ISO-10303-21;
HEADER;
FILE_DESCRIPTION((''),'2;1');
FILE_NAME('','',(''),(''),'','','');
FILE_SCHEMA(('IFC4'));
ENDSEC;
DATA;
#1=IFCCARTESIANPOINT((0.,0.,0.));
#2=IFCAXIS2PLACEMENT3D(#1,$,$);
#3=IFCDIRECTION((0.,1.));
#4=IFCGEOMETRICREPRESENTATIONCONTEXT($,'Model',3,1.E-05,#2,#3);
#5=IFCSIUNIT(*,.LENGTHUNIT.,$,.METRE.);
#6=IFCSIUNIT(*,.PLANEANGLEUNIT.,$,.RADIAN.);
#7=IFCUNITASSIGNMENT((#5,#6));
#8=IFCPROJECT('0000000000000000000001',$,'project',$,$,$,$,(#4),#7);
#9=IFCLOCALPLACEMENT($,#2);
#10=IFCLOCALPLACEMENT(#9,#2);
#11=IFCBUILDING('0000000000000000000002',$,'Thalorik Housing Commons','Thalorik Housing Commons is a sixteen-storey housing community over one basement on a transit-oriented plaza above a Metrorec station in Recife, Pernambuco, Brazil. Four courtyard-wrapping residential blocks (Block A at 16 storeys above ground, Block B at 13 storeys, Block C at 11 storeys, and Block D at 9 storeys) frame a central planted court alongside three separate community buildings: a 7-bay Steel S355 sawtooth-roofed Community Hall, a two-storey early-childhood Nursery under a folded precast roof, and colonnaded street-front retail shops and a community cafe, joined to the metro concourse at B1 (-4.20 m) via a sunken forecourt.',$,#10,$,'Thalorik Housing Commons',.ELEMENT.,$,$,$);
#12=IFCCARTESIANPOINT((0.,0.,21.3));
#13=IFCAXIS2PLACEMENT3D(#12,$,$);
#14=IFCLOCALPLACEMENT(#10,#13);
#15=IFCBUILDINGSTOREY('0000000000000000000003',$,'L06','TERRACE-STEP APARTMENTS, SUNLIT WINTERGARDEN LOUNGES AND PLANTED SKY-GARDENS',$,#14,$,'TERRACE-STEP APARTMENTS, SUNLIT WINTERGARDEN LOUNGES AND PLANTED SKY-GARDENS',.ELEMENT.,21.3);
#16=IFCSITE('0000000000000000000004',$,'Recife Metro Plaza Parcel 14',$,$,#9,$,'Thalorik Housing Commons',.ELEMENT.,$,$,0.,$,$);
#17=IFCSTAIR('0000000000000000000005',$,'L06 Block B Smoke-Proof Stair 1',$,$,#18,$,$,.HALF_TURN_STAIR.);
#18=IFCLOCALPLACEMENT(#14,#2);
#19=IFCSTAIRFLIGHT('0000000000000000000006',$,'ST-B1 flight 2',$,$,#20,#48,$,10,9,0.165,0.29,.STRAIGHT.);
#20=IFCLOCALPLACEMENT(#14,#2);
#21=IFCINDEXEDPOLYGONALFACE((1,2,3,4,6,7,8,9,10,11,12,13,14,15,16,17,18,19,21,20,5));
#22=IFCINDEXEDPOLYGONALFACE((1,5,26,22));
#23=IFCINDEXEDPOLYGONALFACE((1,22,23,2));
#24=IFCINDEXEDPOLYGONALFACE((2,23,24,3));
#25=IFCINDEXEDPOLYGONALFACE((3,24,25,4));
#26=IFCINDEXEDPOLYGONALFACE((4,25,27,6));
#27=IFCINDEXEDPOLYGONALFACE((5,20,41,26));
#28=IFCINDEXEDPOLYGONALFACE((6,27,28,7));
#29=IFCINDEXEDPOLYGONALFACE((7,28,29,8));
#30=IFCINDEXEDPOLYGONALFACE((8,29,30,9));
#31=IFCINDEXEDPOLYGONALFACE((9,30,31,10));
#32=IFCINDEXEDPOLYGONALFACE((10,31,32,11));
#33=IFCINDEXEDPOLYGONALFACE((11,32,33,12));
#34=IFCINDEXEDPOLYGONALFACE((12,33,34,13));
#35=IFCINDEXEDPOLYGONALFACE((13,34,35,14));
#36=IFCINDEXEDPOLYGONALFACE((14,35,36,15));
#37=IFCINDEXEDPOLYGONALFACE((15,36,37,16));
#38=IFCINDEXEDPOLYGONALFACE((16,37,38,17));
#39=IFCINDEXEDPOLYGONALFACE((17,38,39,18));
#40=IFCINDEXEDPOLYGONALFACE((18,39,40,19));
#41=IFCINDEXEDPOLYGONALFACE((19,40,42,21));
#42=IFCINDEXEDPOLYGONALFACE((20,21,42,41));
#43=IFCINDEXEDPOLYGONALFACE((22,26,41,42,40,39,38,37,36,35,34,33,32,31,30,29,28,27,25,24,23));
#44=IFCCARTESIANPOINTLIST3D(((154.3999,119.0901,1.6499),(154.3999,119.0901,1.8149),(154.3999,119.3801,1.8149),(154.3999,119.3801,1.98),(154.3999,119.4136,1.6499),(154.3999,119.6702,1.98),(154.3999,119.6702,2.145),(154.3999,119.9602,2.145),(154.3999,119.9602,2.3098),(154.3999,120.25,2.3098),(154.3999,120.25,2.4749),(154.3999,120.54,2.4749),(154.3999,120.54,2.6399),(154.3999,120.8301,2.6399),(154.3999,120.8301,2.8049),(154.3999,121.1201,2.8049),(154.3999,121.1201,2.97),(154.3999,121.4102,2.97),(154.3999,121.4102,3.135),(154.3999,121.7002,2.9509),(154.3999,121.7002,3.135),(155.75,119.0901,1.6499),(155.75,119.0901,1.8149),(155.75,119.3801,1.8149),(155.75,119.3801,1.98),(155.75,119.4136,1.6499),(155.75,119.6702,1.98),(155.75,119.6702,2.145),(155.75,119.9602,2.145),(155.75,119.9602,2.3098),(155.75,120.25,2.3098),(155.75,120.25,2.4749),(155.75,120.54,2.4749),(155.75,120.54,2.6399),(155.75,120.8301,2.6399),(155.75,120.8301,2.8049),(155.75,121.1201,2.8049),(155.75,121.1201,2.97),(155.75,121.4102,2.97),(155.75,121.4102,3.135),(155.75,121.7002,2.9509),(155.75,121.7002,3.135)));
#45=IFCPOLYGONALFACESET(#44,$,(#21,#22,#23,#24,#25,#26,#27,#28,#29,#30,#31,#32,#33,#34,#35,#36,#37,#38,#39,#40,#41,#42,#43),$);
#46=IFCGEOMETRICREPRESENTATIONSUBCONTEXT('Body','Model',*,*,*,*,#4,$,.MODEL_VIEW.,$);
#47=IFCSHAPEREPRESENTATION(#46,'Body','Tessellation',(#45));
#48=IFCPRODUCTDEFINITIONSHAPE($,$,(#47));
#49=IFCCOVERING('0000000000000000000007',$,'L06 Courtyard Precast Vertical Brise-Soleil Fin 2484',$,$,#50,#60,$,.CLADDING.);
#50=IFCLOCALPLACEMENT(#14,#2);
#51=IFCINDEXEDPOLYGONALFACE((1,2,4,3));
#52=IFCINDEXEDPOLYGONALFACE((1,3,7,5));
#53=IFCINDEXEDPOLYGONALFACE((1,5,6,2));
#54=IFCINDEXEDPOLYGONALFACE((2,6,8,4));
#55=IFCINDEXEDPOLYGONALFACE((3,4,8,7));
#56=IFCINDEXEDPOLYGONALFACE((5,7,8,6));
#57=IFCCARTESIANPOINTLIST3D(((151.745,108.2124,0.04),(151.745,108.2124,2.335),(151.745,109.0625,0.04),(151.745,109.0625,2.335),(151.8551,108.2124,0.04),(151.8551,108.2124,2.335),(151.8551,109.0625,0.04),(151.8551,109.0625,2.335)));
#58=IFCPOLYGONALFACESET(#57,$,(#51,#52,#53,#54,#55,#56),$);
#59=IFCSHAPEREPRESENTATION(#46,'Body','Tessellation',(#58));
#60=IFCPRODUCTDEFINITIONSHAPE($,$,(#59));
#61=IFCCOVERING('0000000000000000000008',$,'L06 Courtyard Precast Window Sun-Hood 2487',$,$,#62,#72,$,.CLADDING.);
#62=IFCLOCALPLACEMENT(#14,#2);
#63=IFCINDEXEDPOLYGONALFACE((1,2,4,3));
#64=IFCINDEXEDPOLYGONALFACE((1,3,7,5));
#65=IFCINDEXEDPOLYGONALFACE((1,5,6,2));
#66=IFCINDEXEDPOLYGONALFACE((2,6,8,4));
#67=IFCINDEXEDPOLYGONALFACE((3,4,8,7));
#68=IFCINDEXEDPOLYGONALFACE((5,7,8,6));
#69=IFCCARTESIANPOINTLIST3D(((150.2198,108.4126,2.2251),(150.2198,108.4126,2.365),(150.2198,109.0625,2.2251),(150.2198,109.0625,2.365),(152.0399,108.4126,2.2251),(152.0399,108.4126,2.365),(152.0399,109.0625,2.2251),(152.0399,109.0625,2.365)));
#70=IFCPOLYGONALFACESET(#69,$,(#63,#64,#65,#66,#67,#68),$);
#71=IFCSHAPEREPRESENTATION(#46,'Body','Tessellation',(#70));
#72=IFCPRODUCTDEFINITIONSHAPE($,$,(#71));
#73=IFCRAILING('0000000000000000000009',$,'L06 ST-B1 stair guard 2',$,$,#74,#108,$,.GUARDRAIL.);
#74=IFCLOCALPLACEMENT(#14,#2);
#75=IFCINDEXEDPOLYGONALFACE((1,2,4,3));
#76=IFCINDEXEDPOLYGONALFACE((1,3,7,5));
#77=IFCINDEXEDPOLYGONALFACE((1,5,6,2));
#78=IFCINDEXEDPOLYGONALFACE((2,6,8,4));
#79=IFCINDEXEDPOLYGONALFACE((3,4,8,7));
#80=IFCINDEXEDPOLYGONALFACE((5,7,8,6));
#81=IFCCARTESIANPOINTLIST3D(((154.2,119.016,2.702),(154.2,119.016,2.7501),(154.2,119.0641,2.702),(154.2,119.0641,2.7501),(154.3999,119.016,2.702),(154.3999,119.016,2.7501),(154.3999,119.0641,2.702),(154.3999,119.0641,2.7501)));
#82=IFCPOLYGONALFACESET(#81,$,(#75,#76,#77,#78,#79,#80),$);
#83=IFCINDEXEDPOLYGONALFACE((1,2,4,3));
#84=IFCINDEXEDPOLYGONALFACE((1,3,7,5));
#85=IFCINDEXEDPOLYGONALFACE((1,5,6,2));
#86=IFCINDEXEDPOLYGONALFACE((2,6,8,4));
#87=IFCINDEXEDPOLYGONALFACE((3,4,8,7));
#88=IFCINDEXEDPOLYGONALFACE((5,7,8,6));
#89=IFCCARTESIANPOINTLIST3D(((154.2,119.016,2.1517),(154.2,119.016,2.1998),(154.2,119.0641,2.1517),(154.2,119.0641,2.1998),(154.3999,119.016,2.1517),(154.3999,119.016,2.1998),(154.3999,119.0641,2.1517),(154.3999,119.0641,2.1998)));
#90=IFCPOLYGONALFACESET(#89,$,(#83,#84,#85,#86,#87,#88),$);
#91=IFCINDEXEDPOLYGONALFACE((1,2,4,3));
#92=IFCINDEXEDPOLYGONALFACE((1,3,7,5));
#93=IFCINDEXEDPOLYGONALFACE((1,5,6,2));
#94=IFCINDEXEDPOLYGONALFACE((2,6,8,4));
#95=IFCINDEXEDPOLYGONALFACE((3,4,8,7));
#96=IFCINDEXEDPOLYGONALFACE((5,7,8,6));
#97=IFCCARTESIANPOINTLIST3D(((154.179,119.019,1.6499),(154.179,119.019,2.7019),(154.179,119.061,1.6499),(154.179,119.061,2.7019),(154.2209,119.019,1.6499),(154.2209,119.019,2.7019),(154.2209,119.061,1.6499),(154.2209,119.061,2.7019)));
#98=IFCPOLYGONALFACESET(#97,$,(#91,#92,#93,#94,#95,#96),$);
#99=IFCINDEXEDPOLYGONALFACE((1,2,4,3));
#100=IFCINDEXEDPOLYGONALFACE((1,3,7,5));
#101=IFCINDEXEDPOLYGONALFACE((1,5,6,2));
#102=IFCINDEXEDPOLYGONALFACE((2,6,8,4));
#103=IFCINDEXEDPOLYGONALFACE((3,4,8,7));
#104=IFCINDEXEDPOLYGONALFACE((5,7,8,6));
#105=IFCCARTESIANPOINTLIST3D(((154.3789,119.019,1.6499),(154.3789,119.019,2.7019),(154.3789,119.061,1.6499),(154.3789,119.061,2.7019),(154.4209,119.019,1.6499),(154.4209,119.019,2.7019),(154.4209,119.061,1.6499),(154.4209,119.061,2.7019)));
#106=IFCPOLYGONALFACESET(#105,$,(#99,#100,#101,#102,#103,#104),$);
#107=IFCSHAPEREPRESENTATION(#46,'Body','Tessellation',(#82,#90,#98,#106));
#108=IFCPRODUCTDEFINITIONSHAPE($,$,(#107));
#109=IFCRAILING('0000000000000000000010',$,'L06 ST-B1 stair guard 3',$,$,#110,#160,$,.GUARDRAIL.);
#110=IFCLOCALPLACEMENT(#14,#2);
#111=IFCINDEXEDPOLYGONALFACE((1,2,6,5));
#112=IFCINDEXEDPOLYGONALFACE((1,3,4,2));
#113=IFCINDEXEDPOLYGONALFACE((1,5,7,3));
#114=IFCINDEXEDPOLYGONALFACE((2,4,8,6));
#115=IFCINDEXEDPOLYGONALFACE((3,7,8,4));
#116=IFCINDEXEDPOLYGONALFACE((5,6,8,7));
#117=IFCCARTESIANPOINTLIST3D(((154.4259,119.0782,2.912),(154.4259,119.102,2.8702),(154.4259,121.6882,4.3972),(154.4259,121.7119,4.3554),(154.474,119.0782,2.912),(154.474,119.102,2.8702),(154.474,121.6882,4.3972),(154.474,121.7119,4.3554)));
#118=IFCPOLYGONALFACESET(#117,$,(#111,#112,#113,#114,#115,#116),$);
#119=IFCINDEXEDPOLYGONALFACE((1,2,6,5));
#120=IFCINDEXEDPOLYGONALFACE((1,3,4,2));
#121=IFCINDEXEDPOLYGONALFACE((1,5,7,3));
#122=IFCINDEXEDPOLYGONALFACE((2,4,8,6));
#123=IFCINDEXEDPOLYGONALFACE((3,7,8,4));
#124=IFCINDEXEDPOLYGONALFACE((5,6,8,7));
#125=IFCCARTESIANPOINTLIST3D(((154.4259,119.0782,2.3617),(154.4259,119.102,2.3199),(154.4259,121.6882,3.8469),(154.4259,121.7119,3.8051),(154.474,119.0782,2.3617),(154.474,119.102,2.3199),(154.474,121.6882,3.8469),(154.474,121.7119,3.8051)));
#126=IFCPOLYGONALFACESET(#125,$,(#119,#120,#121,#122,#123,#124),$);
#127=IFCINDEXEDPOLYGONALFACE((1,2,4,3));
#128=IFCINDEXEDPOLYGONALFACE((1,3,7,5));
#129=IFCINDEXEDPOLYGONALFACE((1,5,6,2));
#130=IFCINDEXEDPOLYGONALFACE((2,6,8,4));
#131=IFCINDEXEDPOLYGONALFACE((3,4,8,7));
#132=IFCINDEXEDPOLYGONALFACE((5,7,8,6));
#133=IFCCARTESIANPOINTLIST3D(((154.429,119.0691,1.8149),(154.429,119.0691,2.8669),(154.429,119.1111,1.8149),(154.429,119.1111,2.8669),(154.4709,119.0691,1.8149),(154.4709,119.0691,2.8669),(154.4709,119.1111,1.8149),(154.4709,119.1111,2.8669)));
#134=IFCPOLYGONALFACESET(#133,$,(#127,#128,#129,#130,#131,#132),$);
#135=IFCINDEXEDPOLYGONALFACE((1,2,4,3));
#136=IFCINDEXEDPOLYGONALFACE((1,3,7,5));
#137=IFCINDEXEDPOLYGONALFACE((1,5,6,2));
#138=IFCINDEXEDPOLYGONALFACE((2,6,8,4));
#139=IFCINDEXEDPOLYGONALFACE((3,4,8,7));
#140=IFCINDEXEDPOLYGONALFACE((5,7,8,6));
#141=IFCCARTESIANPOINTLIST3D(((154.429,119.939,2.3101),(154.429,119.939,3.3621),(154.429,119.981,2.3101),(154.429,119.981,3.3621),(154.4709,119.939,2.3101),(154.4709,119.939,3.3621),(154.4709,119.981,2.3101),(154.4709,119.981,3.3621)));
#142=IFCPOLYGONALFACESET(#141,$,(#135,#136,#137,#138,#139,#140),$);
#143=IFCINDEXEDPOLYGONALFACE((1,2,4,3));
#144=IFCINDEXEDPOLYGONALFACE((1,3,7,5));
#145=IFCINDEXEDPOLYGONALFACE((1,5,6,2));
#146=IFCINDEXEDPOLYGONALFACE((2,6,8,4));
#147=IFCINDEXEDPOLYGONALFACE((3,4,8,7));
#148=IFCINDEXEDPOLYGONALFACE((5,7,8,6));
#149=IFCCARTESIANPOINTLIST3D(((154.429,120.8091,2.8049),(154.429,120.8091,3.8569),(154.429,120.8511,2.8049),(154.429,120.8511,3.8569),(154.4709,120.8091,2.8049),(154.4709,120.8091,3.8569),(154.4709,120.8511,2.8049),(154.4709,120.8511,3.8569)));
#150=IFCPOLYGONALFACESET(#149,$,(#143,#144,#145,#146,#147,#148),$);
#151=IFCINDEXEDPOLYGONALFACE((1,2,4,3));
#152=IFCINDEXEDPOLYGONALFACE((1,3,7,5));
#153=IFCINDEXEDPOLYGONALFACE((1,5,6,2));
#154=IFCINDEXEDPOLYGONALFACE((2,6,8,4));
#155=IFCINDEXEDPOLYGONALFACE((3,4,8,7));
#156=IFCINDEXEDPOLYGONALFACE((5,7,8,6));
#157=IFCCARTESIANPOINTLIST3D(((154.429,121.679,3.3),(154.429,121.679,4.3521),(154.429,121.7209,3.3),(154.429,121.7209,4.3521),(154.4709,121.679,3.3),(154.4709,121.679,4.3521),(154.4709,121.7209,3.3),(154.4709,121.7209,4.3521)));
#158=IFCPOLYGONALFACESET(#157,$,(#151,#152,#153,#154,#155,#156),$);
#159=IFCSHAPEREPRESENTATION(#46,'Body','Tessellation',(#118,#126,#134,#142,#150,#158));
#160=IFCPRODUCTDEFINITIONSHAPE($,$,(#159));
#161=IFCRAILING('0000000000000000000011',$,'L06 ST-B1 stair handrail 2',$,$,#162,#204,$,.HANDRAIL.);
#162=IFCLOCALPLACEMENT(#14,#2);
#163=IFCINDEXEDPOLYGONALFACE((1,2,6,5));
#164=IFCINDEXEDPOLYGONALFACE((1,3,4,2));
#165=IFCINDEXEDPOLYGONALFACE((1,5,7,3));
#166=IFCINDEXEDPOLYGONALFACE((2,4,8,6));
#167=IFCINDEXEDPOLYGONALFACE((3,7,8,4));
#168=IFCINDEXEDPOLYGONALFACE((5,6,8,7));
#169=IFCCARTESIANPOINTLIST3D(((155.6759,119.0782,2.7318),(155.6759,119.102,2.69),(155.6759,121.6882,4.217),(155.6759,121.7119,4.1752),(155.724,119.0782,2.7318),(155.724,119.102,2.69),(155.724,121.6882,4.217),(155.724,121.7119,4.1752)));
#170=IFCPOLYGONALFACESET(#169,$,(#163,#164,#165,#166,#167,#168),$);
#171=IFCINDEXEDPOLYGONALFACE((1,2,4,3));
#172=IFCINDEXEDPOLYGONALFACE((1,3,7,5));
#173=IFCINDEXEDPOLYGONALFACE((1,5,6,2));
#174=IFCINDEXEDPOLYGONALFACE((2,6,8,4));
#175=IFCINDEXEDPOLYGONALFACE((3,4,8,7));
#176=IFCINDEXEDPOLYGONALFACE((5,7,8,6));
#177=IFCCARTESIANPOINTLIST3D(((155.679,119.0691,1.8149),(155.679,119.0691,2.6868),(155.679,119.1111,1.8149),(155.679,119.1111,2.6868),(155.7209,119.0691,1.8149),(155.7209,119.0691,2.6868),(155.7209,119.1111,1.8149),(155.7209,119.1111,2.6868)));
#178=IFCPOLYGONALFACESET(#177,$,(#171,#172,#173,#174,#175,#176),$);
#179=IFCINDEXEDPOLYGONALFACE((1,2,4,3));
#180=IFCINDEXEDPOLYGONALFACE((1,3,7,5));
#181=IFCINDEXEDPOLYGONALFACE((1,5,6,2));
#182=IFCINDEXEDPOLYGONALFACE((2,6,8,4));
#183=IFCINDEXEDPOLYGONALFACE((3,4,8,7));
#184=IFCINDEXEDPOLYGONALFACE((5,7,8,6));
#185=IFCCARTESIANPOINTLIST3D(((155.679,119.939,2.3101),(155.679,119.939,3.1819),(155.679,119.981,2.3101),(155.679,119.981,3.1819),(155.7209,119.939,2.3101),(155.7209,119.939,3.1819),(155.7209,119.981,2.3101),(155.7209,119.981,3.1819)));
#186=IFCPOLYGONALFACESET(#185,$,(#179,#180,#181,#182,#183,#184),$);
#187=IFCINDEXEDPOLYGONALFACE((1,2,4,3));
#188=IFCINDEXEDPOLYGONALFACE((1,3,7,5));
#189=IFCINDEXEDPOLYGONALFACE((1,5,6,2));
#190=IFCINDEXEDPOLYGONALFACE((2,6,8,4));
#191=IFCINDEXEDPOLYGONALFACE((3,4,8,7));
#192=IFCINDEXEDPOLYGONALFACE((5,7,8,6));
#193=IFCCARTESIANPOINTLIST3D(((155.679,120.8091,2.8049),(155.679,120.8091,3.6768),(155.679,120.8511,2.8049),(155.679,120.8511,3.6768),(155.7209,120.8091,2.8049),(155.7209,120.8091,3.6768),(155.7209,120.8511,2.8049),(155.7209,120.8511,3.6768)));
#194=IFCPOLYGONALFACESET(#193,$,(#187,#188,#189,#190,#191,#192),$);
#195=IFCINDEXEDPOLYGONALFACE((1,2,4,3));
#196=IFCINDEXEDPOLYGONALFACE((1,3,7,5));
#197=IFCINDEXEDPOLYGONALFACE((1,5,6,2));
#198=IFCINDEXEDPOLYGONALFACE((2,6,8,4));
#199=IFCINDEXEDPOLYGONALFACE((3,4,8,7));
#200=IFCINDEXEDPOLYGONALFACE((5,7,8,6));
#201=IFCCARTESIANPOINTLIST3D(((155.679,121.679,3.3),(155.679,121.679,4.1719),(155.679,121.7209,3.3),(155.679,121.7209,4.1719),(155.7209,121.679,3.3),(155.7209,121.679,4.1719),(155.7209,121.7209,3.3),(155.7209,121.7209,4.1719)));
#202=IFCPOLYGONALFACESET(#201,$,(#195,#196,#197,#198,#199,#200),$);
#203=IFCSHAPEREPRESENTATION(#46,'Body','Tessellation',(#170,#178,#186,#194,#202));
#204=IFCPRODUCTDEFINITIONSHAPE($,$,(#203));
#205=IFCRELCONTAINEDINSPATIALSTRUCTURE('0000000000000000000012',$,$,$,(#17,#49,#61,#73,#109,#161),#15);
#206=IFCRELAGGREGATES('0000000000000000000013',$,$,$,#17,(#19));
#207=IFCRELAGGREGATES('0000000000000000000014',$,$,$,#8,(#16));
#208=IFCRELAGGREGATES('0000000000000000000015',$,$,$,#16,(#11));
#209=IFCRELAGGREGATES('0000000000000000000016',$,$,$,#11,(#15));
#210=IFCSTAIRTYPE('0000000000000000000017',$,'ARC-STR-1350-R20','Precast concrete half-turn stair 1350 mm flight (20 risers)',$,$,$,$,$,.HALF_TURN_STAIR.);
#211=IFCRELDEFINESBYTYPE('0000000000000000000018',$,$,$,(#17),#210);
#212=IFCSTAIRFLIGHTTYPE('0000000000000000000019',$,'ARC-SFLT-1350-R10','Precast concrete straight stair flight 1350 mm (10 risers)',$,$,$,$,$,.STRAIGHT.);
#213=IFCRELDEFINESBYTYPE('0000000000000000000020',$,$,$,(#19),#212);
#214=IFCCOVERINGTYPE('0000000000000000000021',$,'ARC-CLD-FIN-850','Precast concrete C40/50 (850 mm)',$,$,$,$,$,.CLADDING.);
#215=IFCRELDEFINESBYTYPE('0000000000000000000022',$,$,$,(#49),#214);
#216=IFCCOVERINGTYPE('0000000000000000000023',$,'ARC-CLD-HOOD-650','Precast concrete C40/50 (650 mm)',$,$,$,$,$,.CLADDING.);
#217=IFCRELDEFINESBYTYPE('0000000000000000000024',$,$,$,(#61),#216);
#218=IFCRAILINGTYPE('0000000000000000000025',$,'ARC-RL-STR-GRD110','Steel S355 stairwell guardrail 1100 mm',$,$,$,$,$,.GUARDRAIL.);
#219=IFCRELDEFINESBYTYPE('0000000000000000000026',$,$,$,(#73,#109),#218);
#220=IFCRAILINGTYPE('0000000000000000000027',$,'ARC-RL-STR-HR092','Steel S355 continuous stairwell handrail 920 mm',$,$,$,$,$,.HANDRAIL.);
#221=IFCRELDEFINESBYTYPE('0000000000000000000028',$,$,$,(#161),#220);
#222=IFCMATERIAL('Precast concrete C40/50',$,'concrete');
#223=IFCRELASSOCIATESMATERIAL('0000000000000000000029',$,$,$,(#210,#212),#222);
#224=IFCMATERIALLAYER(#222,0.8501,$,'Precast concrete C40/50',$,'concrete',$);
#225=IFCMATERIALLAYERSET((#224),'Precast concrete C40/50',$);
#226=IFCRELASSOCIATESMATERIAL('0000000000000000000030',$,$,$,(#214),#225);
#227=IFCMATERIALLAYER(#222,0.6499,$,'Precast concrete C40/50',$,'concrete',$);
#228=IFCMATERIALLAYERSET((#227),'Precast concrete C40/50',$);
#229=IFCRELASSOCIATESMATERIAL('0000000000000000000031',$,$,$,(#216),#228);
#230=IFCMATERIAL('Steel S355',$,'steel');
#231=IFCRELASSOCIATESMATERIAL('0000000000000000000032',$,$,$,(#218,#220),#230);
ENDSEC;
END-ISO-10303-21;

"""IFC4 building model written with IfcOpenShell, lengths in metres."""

from ifc_helpers import new_model, si_unit, direction, frame, origin, origin_2d, place, context, subcontext, project, spatial, polyline, rectangle, outline, extrude, material, layer, layer_set, type_object, element, aggregate, save


model = new_model("IFC4")

# Units and contexts
model_context = context("Model", 3, precision=1e-05, world=origin(), true_north=direction((0.0, 1.0)))
body_context = subcontext(model_context, "Body", "Model", "MODEL_VIEW")
ifc_project = project(units=[si_unit("LENGTHUNIT", "METRE"), si_unit("PLANEANGLEUNIT", "RADIAN")], contexts=[model_context])

# Site, building, storey
site_placement = place(None, origin())
site = spatial("IfcSite", under=ifc_project, at=site_placement, Name="Recife Metro Plaza Parcel 14", LongName="Thalorik Housing Commons", CompositionType="ELEMENT", RefElevation=0.0)
building_placement = place(site_placement, origin())
building = spatial("IfcBuilding", under=site, at=building_placement, Name="Thalorik Housing Commons", Description="Thalorik Housing Commons is a sixteen-storey housing community over one basement on a transit-oriented plaza above a Metrorec station in Recife, Pernambuco, Brazil. Four courtyard-wrapping residential blocks (Block A at 16 storeys above ground, Block B at 13 storeys, Block C at 11 storeys, and Block D at 9 storeys) frame a central planted court alongside three separate community buildings: a 7-bay Steel S355 sawtooth-roofed Community Hall, a two-storey early-childhood Nursery under a folded precast roof, and colonnaded street-front retail shops and a community cafe, joined to the metro concourse at B1 (-4.20 m) via a sunken forecourt.", LongName="Thalorik Housing Commons", CompositionType="ELEMENT")
storey_placement = place(building_placement, frame((0.0, 0.0, 21.3)))
storey = spatial("IfcBuildingStorey", under=building, at=storey_placement, Name="L06", Description="TERRACE-STEP APARTMENTS, SUNLIT WINTERGARDEN LOUNGES AND PLANTED SKY-GARDENS", LongName="TERRACE-STEP APARTMENTS, SUNLIT WINTERGARDEN LOUNGES AND PLANTED SKY-GARDENS", CompositionType="ELEMENT", Elevation=21.3)

# Shared definitions
ifc_material_1 = material(Name="Precast concrete C40/50", Category="concrete")

# Shared definitions
ifc_material_2 = material(Name="Steel S355", Category="steel")

# Stair, stair flight
stair_type = type_object("IfcStairType", Name="ARC-STR-1350-R20", Description="Precast concrete half-turn stair 1350 mm flight (20 risers)", PredefinedType="HALF_TURN_STAIR", material=ifc_material_1)
stair_placement = place(storey_placement, origin())
stair = element("IfcStair", 1, at=stair_placement, inside=storey, type_object=stair_type, Name="L06 Block B Smoke-Proof Stair 1", PredefinedType="HALF_TURN_STAIR")
stair_flight_type = type_object("IfcStairFlightType", Name="ARC-SFLT-1350-R10", Description="Precast concrete straight stair flight 1350 mm (10 risers)", PredefinedType="STRAIGHT", material=ifc_material_1)
stair_flight_placement = place(storey_placement, frame((155.075, 119.0901, 1.6499), z_axis=(0.0, 0.0, 1.0), x_axis=(0.0, 1.0, 0.0)))
stair_flight = element("IfcStairFlight", 2, at=stair_flight_placement, type_object=stair_flight_type, Name="ST-B1 flight 2", NumberOfRisers=10, NumberOfTreads=9, PredefinedType="STRAIGHT", RiserHeight=0.165, TreadLength=0.29, context=body_context, shape_type="SweptSolid", body=[
    extrude(outline(polyline([(0.0, 0.0), (0.0, 0.165), (0.29, 0.165), (0.29, 0.3301), (0.5801, 0.3301), (0.5801, 0.4951), (0.8701, 0.4951), (0.8701, 0.6599), (1.1599, 0.6599), (1.1599, 0.825), (1.45, 0.825), (1.45, 0.99), (1.74, 0.99), (1.74, 1.155), (2.03, 1.155), (2.03, 1.3201), (2.3201, 1.3201), (2.3201, 1.4851), (2.6101, 1.4851), (2.6101, 1.6499), (2.6101, 1.301), (0.3235, 0.0), (0.0, 0.0)])), frame((0.0, 0.675, 0.0), z_axis=(0.0, -1.0, 0.0), x_axis=(1.0, 0.0, 0.0)), (0.0, 0.0, 1.0), 1.3501),
])
aggregate(stair, [stair_flight])

# Coverings
ifc_layer_1 = layer(ifc_material_1, 0.8501, Name="Precast concrete C40/50", Category="concrete")
ifc_layer_set_1 = layer_set([ifc_layer_1], Name="Precast concrete C40/50")
covering_type_1 = type_object("IfcCoveringType", Name="ARC-CLD-FIN-850", Description="Precast concrete C40/50 (850 mm)", PredefinedType="CLADDING", material=ifc_layer_set_1)
covering_1_placement = place(storey_placement, frame((151.8, 108.6375, 0.04), z_axis=(0.0, 0.0, 1.0), x_axis=(1.0, 0.0, 0.0)))
element("IfcCovering", 3, at=covering_1_placement, inside=storey, type_object=covering_type_1, Name="L06 Courtyard Precast Vertical Brise-Soleil Fin 2484", PredefinedType="CLADDING", context=body_context, shape_type="SweptSolid", body=[
    extrude(rectangle(XDim=0.1101, YDim=0.8501, at=origin_2d()), origin(), (0.0, 0.0, 1.0), 2.2949),
])
ifc_layer_2 = layer(ifc_material_1, 0.6499, Name="Precast concrete C40/50", Category="concrete")
ifc_layer_set_2 = layer_set([ifc_layer_2], Name="Precast concrete C40/50")
covering_type_2 = type_object("IfcCoveringType", Name="ARC-CLD-HOOD-650", Description="Precast concrete C40/50 (650 mm)", PredefinedType="CLADDING", material=ifc_layer_set_2)
covering_2_placement = place(storey_placement, frame((151.1299, 108.7375, 2.2251), z_axis=(0.0, 0.0, 1.0), x_axis=(1.0, 0.0, 0.0)))
element("IfcCovering", 4, at=covering_2_placement, inside=storey, type_object=covering_type_2, Name="L06 Courtyard Precast Window Sun-Hood 2487", PredefinedType="CLADDING", context=body_context, shape_type="SweptSolid", body=[
    extrude(rectangle(XDim=1.8201, YDim=0.6499, at=origin_2d()), origin(), (0.0, 0.0, 1.0), 0.1399),
])

# Railings
railing_type_1 = type_object("IfcRailingType", Name="ARC-RL-STR-GRD110", Description="Steel S355 stairwell guardrail 1100 mm", PredefinedType="GUARDRAIL", material=ifc_material_2)
railing_1_placement = place(storey_placement, frame((154.2, 119.04, 1.6499)))
element("IfcRailing", 5, at=railing_1_placement, inside=storey, type_object=railing_type_1, Name="L06 ST-B1 stair guard 2", PredefinedType="GUARDRAIL", context=body_context, shape_type="SweptSolid", body=[
    extrude(rectangle(XDim=0.0481, YDim=0.0481, at=origin_2d()), frame((0.0, 0.0, 1.0762), z_axis=(1.0, 0.0, 0.0), x_axis=(0.0, 1.0, 0.0)), (0.0, 0.0, 1.0), 0.2),
    extrude(rectangle(XDim=0.0481, YDim=0.0481, at=origin_2d()), frame((0.0, 0.0, 0.5259), z_axis=(1.0, 0.0, 0.0), x_axis=(0.0, 1.0, 0.0)), (0.0, 0.0, 1.0), 0.2),
    extrude(rectangle(XDim=0.042, YDim=0.042, at=origin_2d()), origin(), (0.0, 0.0, 1.0), 1.052),
    extrude(rectangle(XDim=0.042, YDim=0.042, at=origin_2d()), frame((0.2, 0.0, 0.0)), (0.0, 0.0, 1.0), 1.052),
])
railing_2_placement = place(storey_placement, frame((154.45, 119.0901, 1.8149)))
element("IfcRailing", 6, at=railing_2_placement, inside=storey, type_object=railing_type_1, Name="L06 ST-B1 stair guard 3", PredefinedType="GUARDRAIL", context=body_context, shape_type="SweptSolid", body=[
    extrude(rectangle(XDim=0.0481, YDim=0.0481, at=origin_2d()), frame((0.0, 0.0, 1.0762), z_axis=(0.0, 0.869137, 0.494571), x_axis=(-1.0, 0.0, 0.0)), (0.0, 0.0, 1.0), 3.0029),
    extrude(rectangle(XDim=0.0481, YDim=0.0481, at=origin_2d()), frame((0.0, 0.0, 0.5259), z_axis=(0.0, 0.869137, 0.494571), x_axis=(-1.0, 0.0, 0.0)), (0.0, 0.0, 1.0), 3.0029),
    extrude(rectangle(XDim=0.042, YDim=0.042, at=origin_2d()), origin(), (0.0, 0.0, 1.0), 1.052),
    extrude(rectangle(XDim=0.042, YDim=0.042, at=origin_2d()), frame((0.0, 0.8699, 0.4951)), (0.0, 0.0, 1.0), 1.052),
    extrude(rectangle(XDim=0.042, YDim=0.042, at=origin_2d()), frame((0.0, 1.74, 0.99)), (0.0, 0.0, 1.0), 1.052),
    extrude(rectangle(XDim=0.042, YDim=0.042, at=origin_2d()), frame((0.0, 2.6099, 1.4851)), (0.0, 0.0, 1.0), 1.052),
])
railing_type_2 = type_object("IfcRailingType", Name="ARC-RL-STR-HR092", Description="Steel S355 continuous stairwell handrail 920 mm", PredefinedType="HANDRAIL", material=ifc_material_2)
railing_3_placement = place(storey_placement, frame((155.7, 119.0901, 1.8149)))
element("IfcRailing", 7, at=railing_3_placement, inside=storey, type_object=railing_type_2, Name="L06 ST-B1 stair handrail 2", PredefinedType="HANDRAIL", context=body_context, shape_type="SweptSolid", body=[
    extrude(rectangle(XDim=0.0481, YDim=0.0481, at=origin_2d()), frame((0.0, 0.0, 0.896), z_axis=(0.0, 0.869137, 0.494571), x_axis=(-1.0, 0.0, 0.0)), (0.0, 0.0, 1.0), 3.0029),
    extrude(rectangle(XDim=0.042, YDim=0.042, at=origin_2d()), origin(), (0.0, 0.0, 1.0), 0.8718),
    extrude(rectangle(XDim=0.042, YDim=0.042, at=origin_2d()), frame((0.0, 0.8699, 0.4951)), (0.0, 0.0, 1.0), 0.8718),
    extrude(rectangle(XDim=0.042, YDim=0.042, at=origin_2d()), frame((0.0, 1.74, 0.99)), (0.0, 0.0, 1.0), 0.8718),
    extrude(rectangle(XDim=0.042, YDim=0.042, at=origin_2d()), frame((0.0, 2.6099, 1.4851)), (0.0, 0.0, 1.0), 0.8718),
])

save(model, "model.ifc")
